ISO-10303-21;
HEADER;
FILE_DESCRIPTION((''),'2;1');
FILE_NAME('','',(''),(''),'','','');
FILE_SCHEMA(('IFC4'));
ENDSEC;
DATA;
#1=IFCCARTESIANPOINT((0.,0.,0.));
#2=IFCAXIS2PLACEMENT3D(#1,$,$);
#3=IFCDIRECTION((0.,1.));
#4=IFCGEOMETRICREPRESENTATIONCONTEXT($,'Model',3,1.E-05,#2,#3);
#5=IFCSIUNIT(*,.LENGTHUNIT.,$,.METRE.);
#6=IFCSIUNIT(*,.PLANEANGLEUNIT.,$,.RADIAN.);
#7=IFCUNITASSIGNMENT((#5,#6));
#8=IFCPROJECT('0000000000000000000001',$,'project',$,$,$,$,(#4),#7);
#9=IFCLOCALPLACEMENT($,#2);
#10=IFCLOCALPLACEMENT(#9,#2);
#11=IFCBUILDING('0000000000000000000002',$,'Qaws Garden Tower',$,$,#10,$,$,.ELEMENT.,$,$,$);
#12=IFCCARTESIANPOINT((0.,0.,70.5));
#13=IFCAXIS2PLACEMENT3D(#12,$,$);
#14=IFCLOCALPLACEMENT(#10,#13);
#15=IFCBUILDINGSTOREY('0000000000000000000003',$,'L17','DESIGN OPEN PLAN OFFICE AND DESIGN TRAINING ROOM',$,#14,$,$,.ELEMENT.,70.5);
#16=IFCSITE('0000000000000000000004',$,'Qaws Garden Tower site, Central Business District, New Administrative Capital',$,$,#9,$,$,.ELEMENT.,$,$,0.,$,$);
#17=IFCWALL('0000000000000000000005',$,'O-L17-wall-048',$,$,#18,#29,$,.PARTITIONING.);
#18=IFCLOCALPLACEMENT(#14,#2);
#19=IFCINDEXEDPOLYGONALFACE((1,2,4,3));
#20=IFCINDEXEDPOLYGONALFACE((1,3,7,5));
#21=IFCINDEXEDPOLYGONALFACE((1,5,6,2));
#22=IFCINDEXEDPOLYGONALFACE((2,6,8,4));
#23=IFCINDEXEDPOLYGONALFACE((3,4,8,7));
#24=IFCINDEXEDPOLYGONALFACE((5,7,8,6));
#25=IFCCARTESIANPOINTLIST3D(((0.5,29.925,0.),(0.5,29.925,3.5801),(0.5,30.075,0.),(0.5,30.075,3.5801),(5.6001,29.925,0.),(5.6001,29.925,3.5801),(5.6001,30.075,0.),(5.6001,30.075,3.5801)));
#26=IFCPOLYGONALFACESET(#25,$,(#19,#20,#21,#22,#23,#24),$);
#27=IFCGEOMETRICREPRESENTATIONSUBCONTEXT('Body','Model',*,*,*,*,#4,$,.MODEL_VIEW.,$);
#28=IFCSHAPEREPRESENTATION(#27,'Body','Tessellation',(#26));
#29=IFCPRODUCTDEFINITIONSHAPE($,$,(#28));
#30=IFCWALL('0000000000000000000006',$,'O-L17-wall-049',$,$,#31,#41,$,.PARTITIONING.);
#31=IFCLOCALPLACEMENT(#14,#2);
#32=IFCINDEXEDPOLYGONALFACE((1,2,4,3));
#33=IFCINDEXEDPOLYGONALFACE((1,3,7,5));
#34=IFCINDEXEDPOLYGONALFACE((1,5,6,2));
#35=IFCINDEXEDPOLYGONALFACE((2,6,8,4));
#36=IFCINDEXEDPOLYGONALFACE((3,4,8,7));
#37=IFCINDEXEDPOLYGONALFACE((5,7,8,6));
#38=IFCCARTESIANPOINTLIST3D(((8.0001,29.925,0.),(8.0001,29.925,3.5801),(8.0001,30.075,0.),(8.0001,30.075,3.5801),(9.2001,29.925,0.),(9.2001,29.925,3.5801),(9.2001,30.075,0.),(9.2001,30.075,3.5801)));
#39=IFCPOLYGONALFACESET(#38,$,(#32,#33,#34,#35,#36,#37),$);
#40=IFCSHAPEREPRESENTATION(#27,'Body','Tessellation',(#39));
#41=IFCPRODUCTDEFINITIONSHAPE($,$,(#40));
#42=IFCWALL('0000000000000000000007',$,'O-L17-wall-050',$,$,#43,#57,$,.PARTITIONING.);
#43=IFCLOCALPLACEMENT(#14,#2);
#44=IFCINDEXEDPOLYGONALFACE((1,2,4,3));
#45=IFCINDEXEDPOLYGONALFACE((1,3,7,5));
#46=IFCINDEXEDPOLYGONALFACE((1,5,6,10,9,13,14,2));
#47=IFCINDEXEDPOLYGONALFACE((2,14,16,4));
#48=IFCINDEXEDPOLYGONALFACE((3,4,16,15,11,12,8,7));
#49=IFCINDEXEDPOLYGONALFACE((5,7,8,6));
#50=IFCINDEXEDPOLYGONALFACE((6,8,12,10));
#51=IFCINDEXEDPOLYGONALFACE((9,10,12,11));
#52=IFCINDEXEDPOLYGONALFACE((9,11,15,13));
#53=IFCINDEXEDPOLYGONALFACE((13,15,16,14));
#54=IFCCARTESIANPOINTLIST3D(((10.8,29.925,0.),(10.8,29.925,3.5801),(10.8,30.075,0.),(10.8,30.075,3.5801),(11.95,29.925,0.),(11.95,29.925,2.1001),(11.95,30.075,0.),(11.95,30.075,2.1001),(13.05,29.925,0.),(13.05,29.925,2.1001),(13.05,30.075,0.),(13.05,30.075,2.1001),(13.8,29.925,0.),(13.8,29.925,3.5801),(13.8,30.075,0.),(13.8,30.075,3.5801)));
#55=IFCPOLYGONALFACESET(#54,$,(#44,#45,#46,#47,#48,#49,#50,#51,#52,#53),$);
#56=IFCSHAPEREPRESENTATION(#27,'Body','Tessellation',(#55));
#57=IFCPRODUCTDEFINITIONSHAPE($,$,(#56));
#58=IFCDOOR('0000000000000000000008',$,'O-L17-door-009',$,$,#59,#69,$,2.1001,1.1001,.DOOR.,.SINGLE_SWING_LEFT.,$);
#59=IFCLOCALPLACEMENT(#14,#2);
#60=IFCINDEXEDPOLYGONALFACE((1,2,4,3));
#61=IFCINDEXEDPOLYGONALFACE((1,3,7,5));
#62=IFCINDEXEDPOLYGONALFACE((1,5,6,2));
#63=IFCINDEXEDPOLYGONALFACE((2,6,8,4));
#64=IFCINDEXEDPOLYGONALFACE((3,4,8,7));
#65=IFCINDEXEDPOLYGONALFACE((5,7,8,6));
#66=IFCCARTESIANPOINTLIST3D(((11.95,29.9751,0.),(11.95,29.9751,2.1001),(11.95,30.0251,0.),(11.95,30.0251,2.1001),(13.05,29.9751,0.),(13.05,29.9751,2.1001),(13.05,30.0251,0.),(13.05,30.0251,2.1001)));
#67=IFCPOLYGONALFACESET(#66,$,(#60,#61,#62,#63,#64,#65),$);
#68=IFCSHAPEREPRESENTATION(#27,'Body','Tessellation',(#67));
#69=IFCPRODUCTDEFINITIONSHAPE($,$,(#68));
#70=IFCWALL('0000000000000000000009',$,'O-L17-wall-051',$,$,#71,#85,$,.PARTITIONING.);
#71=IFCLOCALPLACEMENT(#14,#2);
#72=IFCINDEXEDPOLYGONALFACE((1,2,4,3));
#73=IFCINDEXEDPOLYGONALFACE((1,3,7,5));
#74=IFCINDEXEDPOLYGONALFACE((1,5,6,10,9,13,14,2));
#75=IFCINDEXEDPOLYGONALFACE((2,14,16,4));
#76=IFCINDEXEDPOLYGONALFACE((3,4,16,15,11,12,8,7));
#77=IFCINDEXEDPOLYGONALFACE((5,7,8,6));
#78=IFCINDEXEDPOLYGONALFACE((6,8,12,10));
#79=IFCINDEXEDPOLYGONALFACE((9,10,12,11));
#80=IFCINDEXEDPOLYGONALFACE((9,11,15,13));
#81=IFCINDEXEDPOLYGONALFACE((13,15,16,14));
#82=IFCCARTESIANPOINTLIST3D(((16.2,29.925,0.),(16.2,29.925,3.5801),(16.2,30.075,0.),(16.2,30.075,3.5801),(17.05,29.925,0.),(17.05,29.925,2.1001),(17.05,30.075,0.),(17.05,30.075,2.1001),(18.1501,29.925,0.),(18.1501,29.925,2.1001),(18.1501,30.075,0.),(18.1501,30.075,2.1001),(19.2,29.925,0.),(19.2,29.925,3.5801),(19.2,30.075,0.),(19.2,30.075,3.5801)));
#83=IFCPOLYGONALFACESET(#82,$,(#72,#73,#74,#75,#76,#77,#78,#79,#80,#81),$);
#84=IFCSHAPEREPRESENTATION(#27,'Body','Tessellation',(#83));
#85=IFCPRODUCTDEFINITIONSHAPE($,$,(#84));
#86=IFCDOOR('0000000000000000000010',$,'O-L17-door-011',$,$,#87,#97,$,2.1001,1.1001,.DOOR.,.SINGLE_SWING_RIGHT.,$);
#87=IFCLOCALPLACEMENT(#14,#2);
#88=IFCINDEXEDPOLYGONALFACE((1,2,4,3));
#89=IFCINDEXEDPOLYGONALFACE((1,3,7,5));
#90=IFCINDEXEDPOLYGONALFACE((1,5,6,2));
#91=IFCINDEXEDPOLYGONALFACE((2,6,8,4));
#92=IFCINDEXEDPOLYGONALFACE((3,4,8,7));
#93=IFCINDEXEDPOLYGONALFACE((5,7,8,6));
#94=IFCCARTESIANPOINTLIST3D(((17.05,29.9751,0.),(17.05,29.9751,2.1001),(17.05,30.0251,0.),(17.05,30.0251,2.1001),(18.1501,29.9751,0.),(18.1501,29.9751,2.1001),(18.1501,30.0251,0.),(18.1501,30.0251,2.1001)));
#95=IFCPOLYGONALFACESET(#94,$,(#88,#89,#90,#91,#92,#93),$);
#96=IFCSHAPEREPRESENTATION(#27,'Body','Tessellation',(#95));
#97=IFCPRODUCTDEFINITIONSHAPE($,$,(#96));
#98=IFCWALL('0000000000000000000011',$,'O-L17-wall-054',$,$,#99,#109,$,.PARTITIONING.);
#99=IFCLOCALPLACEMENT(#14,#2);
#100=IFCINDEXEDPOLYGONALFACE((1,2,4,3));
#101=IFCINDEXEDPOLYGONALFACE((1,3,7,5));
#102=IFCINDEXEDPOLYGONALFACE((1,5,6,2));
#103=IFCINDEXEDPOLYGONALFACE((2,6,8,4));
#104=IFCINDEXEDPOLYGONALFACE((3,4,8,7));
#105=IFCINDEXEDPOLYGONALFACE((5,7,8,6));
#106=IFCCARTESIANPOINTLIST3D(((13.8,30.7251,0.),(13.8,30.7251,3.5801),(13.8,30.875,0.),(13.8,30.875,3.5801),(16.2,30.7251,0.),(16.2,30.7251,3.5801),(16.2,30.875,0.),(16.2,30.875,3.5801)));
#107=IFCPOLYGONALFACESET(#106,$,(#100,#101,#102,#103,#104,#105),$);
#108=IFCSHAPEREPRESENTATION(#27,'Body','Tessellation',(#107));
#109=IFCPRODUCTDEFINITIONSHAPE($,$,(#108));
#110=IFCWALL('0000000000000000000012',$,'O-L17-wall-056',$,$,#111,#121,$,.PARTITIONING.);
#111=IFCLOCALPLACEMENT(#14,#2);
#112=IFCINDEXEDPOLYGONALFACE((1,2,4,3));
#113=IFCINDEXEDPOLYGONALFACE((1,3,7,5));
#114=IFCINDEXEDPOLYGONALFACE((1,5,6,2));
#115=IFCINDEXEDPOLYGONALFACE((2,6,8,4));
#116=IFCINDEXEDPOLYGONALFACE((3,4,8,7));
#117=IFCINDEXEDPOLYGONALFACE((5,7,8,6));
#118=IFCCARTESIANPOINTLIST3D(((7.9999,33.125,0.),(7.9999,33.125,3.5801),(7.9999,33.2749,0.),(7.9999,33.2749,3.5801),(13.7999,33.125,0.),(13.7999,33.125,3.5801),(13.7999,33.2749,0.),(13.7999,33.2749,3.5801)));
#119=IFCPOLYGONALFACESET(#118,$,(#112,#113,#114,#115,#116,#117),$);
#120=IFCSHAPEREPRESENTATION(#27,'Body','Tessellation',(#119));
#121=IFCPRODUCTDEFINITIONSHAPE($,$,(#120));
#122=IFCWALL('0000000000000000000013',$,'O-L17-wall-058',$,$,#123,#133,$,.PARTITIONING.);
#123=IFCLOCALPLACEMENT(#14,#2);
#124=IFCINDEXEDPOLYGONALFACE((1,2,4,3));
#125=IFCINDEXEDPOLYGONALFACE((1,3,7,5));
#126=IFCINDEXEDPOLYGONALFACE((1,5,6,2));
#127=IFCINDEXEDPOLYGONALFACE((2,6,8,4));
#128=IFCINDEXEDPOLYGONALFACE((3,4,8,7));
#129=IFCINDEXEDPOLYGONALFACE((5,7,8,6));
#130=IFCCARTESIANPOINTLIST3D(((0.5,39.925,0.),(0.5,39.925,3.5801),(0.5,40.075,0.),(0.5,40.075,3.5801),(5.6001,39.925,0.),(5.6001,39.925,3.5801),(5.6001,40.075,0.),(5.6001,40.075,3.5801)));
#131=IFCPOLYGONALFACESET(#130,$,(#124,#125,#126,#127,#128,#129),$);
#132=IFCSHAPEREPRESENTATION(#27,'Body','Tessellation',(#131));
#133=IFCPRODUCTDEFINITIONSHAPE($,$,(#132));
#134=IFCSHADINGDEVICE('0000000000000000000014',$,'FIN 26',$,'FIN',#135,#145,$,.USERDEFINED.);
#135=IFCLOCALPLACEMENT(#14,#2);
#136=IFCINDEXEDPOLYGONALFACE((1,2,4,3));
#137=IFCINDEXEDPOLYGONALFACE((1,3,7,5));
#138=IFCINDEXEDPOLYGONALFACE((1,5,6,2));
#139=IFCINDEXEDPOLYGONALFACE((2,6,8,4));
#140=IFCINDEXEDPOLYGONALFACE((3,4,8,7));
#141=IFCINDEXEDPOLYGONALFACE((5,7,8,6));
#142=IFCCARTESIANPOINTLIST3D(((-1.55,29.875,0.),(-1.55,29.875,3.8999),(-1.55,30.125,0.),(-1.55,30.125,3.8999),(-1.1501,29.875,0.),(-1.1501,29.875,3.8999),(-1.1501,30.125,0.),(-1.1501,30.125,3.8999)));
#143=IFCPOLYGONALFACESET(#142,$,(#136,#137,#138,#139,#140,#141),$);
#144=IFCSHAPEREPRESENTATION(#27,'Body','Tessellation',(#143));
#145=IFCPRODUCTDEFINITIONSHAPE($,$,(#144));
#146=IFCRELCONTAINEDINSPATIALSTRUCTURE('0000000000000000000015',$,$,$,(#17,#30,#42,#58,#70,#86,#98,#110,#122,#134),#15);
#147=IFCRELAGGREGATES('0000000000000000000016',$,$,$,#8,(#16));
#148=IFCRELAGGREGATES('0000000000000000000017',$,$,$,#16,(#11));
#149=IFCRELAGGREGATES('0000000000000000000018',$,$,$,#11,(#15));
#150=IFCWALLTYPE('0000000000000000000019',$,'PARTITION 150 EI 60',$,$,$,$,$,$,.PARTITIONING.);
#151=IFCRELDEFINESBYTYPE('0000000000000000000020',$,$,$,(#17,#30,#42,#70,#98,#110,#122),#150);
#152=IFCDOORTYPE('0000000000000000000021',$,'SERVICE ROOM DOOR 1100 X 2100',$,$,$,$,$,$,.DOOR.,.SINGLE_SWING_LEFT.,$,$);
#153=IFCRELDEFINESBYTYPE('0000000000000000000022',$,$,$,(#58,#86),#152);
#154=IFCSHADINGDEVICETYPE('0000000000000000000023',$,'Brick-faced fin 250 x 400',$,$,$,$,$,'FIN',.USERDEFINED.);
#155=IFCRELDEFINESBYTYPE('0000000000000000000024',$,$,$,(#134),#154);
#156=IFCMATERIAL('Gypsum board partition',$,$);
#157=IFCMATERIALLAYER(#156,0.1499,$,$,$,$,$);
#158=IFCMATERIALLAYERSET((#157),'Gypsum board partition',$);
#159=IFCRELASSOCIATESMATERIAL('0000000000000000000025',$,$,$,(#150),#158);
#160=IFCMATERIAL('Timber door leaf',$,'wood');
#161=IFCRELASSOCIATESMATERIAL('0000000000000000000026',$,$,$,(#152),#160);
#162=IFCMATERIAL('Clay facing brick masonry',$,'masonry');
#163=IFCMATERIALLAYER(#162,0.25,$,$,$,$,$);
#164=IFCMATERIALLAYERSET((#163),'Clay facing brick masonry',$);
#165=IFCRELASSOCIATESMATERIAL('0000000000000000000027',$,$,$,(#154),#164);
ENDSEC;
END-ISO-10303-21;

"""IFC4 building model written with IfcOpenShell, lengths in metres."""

from ifc_helpers import new_model, si_unit, direction, frame, frame_2d, origin, origin_2d, place, context, subcontext, project, spatial, rectangle, extrude, material, layer, layer_set, type_object, element, fill, save


model = new_model("IFC4")

# Units and contexts
model_context = context("Model", 3, precision=1e-05, world=origin(), true_north=direction((0.0, 1.0)))
body_context = subcontext(model_context, "Body", "Model", "MODEL_VIEW")
ifc_project = project(units=[si_unit("LENGTHUNIT", "METRE"), si_unit("PLANEANGLEUNIT", "RADIAN")], contexts=[model_context])

# Site, building, storey
site_placement = place(None, origin())
site = spatial("IfcSite", under=ifc_project, at=site_placement, Name="Qaws Garden Tower site, Central Business District, New Administrative Capital", CompositionType="ELEMENT", RefElevation=0.0)
building_placement = place(site_placement, origin())
building = spatial("IfcBuilding", under=site, at=building_placement, Name="Qaws Garden Tower", CompositionType="ELEMENT")
storey_placement = place(building_placement, frame((0.0, 0.0, 70.5)))
storey = spatial("IfcBuildingStorey", under=building, at=storey_placement, Name="L17", Description="DESIGN OPEN PLAN OFFICE AND DESIGN TRAINING ROOM", CompositionType="ELEMENT", Elevation=70.5)

# Shared definitions
ifc_material_1 = material(Name="Gypsum board partition")
ifc_layer_1 = layer(ifc_material_1, 0.1499)
ifc_layer_set_1 = layer_set([ifc_layer_1], Name="Gypsum board partition")
wall_type_1 = type_object("IfcWallType", Name="PARTITION 150 EI 60", PredefinedType="PARTITIONING", material=ifc_layer_set_1)

# Walls
wall_1_placement = place(storey_placement, frame((0.5, 30.0, 0.0), z_axis=(0.0, 0.0, 1.0), x_axis=(1.0, 0.0, 0.0)))
element("IfcWall", 1, at=wall_1_placement, inside=storey, type_object=wall_type_1, Name="O-L17-wall-048", PredefinedType="PARTITIONING", context=body_context, shape_type="SweptSolid", body=[
    extrude(rectangle(XDim=5.1001, YDim=0.1499, at=frame_2d((2.55, 0.0))), origin(), (0.0, 0.0, 1.0), 3.5801),
])
wall_2_placement = place(storey_placement, frame((8.0, 30.0, 0.0), z_axis=(0.0, 0.0, 1.0), x_axis=(1.0, 0.0, 0.0)))
element("IfcWall", 2, at=wall_2_placement, inside=storey, type_object=wall_type_1, Name="O-L17-wall-049", PredefinedType="PARTITIONING", context=body_context, shape_type="SweptSolid", body=[
    extrude(rectangle(XDim=1.2, YDim=0.1499, at=frame_2d((0.6001, 0.0))), origin(), (0.0, 0.0, 1.0), 3.5801),
])

# Walls, openings, doors
wall_3_placement = place(storey_placement, frame((10.8, 30.0, 0.0), z_axis=(0.0, 0.0, 1.0), x_axis=(1.0, 0.0, 0.0)))
wall_3 = element("IfcWall", 3, at=wall_3_placement, inside=storey, type_object=wall_type_1, Name="O-L17-wall-050", PredefinedType="PARTITIONING", context=body_context, shape_type="SweptSolid", body=[
    extrude(rectangle(XDim=3.0, YDim=0.1499, at=frame_2d((1.5, 0.0))), origin(), (0.0, 0.0, 1.0), 3.5801),
])
opening_1_placement = place(wall_3_placement, frame((1.1499, 0.0, 0.0)))
opening_1 = element("IfcOpeningElement", 4, at=opening_1_placement, cuts=wall_3, PredefinedType="OPENING", context=body_context, shape_type="SweptSolid", body=[
    extrude(rectangle(XDim=1.1001, YDim=2.1001, at=frame_2d((0.55, 1.05))), frame((0.0, 0.085, 0.0), z_axis=(0.0, -1.0, 0.0), x_axis=(1.0, 0.0, 0.0)), (0.0, 0.0, 1.0), 0.1699),
])
ifc_material_2 = material(Name="Timber door leaf", Category="wood")
door_type_1 = type_object("IfcDoorType", Name="SERVICE ROOM DOOR 1100 X 2100", OperationType="SINGLE_SWING_LEFT", PredefinedType="DOOR", material=ifc_material_2)
door_1_placement = place(opening_1_placement, frame((1.1001, 0.0, 0.0), z_axis=(0.0, 0.0, 1.0), x_axis=(-1.0, 0.0, 0.0)))
door_1 = element("IfcDoor", 5, at=door_1_placement, inside=storey, type_object=door_type_1, Name="O-L17-door-009", OperationType="SINGLE_SWING_LEFT", OverallHeight=2.1001, OverallWidth=1.1001, PredefinedType="DOOR", context=body_context, shape_type="SweptSolid", body=[
    extrude(rectangle(XDim=1.1001, YDim=2.1001, at=frame_2d((0.55, 1.05))), frame((0.0, 0.0249, 0.0), z_axis=(0.0, -1.0, 0.0), x_axis=(1.0, 0.0, 0.0)), (0.0, 0.0, 1.0), 0.05),
])
fill(opening_1, door_1)
wall_4_placement = place(storey_placement, frame((16.2, 30.0, 0.0), z_axis=(0.0, 0.0, 1.0), x_axis=(1.0, 0.0, 0.0)))
wall_4 = element("IfcWall", 6, at=wall_4_placement, inside=storey, type_object=wall_type_1, Name="O-L17-wall-051", PredefinedType="PARTITIONING", context=body_context, shape_type="SweptSolid", body=[
    extrude(rectangle(XDim=3.0, YDim=0.1499, at=frame_2d((1.5, 0.0))), origin(), (0.0, 0.0, 1.0), 3.5801),
])
opening_2_placement = place(wall_4_placement, frame((0.8501, 0.0, 0.0)))
opening_2 = element("IfcOpeningElement", 7, at=opening_2_placement, cuts=wall_4, PredefinedType="OPENING", context=body_context, shape_type="SweptSolid", body=[
    extrude(rectangle(XDim=1.1001, YDim=2.1001, at=frame_2d((0.55, 1.05))), frame((0.0, 0.085, 0.0), z_axis=(0.0, -1.0, 0.0), x_axis=(1.0, 0.0, 0.0)), (0.0, 0.0, 1.0), 0.1699),
])
door_2_placement = place(opening_2_placement, frame((1.1001, 0.0, 0.0), z_axis=(0.0, 0.0, 1.0), x_axis=(-1.0, 0.0, 0.0)))
door_2 = element("IfcDoor", 8, at=door_2_placement, inside=storey, type_object=door_type_1, Name="O-L17-door-011", OperationType="SINGLE_SWING_RIGHT", OverallHeight=2.1001, OverallWidth=1.1001, PredefinedType="DOOR", context=body_context, shape_type="SweptSolid", body=[
    extrude(rectangle(XDim=1.1001, YDim=2.1001, at=frame_2d((0.55, 1.05))), frame((0.0, 0.0249, 0.0), z_axis=(0.0, -1.0, 0.0), x_axis=(1.0, 0.0, 0.0)), (0.0, 0.0, 1.0), 0.05),
])
fill(opening_2, door_2)

# Walls
wall_5_placement = place(storey_placement, frame((13.8, 30.8, 0.0), z_axis=(0.0, 0.0, 1.0), x_axis=(1.0, 0.0, 0.0)))
element("IfcWall", 9, at=wall_5_placement, inside=storey, type_object=wall_type_1, Name="O-L17-wall-054", PredefinedType="PARTITIONING", context=body_context, shape_type="SweptSolid", body=[
    extrude(rectangle(XDim=2.3999, YDim=0.1499, at=frame_2d((1.2, 0.0))), origin(), (0.0, 0.0, 1.0), 3.5801),
])
wall_6_placement = place(storey_placement, frame((8.0, 33.2, 0.0), z_axis=(0.0, 0.0, 1.0), x_axis=(1.0, 0.0, 0.0)))
element("IfcWall", 10, at=wall_6_placement, inside=storey, type_object=wall_type_1, Name="O-L17-wall-056", PredefinedType="PARTITIONING", context=body_context, shape_type="SweptSolid", body=[
    extrude(rectangle(XDim=5.8, YDim=0.1499, at=frame_2d((2.8999, 0.0))), origin(), (0.0, 0.0, 1.0), 3.5801),
])
wall_7_placement = place(storey_placement, frame((0.5, 40.0, 0.0), z_axis=(0.0, 0.0, 1.0), x_axis=(1.0, 0.0, 0.0)))
element("IfcWall", 11, at=wall_7_placement, inside=storey, type_object=wall_type_1, Name="O-L17-wall-058", PredefinedType="PARTITIONING", context=body_context, shape_type="SweptSolid", body=[
    extrude(rectangle(XDim=5.1001, YDim=0.1499, at=frame_2d((2.55, 0.0))), origin(), (0.0, 0.0, 1.0), 3.5801),
])

# Shading device
ifc_material_3 = material(Name="Clay facing brick masonry", Category="masonry")
ifc_layer_2 = layer(ifc_material_3, 0.25)
ifc_layer_set_2 = layer_set([ifc_layer_2], Name="Clay facing brick masonry")
shading_device_type = type_object("IfcShadingDeviceType", Name="Brick-faced fin 250 x 400", ElementType="FIN", PredefinedType="USERDEFINED", material=ifc_layer_set_2)
shading_device_placement = place(storey_placement, frame((-1.3501, 30.0, 0.0), z_axis=(0.0, 0.0, 1.0), x_axis=(0.0, -1.0, 0.0)))
element("IfcShadingDevice", 12, at=shading_device_placement, inside=storey, type_object=shading_device_type, Name="FIN 26", ObjectType="FIN", PredefinedType="USERDEFINED", context=body_context, shape_type="SweptSolid", body=[
    extrude(rectangle(XDim=0.25, YDim=0.3999, at=origin_2d()), origin(), (0.0, 0.0, 1.0), 3.8999),
])

save(model, "model.ifc")
